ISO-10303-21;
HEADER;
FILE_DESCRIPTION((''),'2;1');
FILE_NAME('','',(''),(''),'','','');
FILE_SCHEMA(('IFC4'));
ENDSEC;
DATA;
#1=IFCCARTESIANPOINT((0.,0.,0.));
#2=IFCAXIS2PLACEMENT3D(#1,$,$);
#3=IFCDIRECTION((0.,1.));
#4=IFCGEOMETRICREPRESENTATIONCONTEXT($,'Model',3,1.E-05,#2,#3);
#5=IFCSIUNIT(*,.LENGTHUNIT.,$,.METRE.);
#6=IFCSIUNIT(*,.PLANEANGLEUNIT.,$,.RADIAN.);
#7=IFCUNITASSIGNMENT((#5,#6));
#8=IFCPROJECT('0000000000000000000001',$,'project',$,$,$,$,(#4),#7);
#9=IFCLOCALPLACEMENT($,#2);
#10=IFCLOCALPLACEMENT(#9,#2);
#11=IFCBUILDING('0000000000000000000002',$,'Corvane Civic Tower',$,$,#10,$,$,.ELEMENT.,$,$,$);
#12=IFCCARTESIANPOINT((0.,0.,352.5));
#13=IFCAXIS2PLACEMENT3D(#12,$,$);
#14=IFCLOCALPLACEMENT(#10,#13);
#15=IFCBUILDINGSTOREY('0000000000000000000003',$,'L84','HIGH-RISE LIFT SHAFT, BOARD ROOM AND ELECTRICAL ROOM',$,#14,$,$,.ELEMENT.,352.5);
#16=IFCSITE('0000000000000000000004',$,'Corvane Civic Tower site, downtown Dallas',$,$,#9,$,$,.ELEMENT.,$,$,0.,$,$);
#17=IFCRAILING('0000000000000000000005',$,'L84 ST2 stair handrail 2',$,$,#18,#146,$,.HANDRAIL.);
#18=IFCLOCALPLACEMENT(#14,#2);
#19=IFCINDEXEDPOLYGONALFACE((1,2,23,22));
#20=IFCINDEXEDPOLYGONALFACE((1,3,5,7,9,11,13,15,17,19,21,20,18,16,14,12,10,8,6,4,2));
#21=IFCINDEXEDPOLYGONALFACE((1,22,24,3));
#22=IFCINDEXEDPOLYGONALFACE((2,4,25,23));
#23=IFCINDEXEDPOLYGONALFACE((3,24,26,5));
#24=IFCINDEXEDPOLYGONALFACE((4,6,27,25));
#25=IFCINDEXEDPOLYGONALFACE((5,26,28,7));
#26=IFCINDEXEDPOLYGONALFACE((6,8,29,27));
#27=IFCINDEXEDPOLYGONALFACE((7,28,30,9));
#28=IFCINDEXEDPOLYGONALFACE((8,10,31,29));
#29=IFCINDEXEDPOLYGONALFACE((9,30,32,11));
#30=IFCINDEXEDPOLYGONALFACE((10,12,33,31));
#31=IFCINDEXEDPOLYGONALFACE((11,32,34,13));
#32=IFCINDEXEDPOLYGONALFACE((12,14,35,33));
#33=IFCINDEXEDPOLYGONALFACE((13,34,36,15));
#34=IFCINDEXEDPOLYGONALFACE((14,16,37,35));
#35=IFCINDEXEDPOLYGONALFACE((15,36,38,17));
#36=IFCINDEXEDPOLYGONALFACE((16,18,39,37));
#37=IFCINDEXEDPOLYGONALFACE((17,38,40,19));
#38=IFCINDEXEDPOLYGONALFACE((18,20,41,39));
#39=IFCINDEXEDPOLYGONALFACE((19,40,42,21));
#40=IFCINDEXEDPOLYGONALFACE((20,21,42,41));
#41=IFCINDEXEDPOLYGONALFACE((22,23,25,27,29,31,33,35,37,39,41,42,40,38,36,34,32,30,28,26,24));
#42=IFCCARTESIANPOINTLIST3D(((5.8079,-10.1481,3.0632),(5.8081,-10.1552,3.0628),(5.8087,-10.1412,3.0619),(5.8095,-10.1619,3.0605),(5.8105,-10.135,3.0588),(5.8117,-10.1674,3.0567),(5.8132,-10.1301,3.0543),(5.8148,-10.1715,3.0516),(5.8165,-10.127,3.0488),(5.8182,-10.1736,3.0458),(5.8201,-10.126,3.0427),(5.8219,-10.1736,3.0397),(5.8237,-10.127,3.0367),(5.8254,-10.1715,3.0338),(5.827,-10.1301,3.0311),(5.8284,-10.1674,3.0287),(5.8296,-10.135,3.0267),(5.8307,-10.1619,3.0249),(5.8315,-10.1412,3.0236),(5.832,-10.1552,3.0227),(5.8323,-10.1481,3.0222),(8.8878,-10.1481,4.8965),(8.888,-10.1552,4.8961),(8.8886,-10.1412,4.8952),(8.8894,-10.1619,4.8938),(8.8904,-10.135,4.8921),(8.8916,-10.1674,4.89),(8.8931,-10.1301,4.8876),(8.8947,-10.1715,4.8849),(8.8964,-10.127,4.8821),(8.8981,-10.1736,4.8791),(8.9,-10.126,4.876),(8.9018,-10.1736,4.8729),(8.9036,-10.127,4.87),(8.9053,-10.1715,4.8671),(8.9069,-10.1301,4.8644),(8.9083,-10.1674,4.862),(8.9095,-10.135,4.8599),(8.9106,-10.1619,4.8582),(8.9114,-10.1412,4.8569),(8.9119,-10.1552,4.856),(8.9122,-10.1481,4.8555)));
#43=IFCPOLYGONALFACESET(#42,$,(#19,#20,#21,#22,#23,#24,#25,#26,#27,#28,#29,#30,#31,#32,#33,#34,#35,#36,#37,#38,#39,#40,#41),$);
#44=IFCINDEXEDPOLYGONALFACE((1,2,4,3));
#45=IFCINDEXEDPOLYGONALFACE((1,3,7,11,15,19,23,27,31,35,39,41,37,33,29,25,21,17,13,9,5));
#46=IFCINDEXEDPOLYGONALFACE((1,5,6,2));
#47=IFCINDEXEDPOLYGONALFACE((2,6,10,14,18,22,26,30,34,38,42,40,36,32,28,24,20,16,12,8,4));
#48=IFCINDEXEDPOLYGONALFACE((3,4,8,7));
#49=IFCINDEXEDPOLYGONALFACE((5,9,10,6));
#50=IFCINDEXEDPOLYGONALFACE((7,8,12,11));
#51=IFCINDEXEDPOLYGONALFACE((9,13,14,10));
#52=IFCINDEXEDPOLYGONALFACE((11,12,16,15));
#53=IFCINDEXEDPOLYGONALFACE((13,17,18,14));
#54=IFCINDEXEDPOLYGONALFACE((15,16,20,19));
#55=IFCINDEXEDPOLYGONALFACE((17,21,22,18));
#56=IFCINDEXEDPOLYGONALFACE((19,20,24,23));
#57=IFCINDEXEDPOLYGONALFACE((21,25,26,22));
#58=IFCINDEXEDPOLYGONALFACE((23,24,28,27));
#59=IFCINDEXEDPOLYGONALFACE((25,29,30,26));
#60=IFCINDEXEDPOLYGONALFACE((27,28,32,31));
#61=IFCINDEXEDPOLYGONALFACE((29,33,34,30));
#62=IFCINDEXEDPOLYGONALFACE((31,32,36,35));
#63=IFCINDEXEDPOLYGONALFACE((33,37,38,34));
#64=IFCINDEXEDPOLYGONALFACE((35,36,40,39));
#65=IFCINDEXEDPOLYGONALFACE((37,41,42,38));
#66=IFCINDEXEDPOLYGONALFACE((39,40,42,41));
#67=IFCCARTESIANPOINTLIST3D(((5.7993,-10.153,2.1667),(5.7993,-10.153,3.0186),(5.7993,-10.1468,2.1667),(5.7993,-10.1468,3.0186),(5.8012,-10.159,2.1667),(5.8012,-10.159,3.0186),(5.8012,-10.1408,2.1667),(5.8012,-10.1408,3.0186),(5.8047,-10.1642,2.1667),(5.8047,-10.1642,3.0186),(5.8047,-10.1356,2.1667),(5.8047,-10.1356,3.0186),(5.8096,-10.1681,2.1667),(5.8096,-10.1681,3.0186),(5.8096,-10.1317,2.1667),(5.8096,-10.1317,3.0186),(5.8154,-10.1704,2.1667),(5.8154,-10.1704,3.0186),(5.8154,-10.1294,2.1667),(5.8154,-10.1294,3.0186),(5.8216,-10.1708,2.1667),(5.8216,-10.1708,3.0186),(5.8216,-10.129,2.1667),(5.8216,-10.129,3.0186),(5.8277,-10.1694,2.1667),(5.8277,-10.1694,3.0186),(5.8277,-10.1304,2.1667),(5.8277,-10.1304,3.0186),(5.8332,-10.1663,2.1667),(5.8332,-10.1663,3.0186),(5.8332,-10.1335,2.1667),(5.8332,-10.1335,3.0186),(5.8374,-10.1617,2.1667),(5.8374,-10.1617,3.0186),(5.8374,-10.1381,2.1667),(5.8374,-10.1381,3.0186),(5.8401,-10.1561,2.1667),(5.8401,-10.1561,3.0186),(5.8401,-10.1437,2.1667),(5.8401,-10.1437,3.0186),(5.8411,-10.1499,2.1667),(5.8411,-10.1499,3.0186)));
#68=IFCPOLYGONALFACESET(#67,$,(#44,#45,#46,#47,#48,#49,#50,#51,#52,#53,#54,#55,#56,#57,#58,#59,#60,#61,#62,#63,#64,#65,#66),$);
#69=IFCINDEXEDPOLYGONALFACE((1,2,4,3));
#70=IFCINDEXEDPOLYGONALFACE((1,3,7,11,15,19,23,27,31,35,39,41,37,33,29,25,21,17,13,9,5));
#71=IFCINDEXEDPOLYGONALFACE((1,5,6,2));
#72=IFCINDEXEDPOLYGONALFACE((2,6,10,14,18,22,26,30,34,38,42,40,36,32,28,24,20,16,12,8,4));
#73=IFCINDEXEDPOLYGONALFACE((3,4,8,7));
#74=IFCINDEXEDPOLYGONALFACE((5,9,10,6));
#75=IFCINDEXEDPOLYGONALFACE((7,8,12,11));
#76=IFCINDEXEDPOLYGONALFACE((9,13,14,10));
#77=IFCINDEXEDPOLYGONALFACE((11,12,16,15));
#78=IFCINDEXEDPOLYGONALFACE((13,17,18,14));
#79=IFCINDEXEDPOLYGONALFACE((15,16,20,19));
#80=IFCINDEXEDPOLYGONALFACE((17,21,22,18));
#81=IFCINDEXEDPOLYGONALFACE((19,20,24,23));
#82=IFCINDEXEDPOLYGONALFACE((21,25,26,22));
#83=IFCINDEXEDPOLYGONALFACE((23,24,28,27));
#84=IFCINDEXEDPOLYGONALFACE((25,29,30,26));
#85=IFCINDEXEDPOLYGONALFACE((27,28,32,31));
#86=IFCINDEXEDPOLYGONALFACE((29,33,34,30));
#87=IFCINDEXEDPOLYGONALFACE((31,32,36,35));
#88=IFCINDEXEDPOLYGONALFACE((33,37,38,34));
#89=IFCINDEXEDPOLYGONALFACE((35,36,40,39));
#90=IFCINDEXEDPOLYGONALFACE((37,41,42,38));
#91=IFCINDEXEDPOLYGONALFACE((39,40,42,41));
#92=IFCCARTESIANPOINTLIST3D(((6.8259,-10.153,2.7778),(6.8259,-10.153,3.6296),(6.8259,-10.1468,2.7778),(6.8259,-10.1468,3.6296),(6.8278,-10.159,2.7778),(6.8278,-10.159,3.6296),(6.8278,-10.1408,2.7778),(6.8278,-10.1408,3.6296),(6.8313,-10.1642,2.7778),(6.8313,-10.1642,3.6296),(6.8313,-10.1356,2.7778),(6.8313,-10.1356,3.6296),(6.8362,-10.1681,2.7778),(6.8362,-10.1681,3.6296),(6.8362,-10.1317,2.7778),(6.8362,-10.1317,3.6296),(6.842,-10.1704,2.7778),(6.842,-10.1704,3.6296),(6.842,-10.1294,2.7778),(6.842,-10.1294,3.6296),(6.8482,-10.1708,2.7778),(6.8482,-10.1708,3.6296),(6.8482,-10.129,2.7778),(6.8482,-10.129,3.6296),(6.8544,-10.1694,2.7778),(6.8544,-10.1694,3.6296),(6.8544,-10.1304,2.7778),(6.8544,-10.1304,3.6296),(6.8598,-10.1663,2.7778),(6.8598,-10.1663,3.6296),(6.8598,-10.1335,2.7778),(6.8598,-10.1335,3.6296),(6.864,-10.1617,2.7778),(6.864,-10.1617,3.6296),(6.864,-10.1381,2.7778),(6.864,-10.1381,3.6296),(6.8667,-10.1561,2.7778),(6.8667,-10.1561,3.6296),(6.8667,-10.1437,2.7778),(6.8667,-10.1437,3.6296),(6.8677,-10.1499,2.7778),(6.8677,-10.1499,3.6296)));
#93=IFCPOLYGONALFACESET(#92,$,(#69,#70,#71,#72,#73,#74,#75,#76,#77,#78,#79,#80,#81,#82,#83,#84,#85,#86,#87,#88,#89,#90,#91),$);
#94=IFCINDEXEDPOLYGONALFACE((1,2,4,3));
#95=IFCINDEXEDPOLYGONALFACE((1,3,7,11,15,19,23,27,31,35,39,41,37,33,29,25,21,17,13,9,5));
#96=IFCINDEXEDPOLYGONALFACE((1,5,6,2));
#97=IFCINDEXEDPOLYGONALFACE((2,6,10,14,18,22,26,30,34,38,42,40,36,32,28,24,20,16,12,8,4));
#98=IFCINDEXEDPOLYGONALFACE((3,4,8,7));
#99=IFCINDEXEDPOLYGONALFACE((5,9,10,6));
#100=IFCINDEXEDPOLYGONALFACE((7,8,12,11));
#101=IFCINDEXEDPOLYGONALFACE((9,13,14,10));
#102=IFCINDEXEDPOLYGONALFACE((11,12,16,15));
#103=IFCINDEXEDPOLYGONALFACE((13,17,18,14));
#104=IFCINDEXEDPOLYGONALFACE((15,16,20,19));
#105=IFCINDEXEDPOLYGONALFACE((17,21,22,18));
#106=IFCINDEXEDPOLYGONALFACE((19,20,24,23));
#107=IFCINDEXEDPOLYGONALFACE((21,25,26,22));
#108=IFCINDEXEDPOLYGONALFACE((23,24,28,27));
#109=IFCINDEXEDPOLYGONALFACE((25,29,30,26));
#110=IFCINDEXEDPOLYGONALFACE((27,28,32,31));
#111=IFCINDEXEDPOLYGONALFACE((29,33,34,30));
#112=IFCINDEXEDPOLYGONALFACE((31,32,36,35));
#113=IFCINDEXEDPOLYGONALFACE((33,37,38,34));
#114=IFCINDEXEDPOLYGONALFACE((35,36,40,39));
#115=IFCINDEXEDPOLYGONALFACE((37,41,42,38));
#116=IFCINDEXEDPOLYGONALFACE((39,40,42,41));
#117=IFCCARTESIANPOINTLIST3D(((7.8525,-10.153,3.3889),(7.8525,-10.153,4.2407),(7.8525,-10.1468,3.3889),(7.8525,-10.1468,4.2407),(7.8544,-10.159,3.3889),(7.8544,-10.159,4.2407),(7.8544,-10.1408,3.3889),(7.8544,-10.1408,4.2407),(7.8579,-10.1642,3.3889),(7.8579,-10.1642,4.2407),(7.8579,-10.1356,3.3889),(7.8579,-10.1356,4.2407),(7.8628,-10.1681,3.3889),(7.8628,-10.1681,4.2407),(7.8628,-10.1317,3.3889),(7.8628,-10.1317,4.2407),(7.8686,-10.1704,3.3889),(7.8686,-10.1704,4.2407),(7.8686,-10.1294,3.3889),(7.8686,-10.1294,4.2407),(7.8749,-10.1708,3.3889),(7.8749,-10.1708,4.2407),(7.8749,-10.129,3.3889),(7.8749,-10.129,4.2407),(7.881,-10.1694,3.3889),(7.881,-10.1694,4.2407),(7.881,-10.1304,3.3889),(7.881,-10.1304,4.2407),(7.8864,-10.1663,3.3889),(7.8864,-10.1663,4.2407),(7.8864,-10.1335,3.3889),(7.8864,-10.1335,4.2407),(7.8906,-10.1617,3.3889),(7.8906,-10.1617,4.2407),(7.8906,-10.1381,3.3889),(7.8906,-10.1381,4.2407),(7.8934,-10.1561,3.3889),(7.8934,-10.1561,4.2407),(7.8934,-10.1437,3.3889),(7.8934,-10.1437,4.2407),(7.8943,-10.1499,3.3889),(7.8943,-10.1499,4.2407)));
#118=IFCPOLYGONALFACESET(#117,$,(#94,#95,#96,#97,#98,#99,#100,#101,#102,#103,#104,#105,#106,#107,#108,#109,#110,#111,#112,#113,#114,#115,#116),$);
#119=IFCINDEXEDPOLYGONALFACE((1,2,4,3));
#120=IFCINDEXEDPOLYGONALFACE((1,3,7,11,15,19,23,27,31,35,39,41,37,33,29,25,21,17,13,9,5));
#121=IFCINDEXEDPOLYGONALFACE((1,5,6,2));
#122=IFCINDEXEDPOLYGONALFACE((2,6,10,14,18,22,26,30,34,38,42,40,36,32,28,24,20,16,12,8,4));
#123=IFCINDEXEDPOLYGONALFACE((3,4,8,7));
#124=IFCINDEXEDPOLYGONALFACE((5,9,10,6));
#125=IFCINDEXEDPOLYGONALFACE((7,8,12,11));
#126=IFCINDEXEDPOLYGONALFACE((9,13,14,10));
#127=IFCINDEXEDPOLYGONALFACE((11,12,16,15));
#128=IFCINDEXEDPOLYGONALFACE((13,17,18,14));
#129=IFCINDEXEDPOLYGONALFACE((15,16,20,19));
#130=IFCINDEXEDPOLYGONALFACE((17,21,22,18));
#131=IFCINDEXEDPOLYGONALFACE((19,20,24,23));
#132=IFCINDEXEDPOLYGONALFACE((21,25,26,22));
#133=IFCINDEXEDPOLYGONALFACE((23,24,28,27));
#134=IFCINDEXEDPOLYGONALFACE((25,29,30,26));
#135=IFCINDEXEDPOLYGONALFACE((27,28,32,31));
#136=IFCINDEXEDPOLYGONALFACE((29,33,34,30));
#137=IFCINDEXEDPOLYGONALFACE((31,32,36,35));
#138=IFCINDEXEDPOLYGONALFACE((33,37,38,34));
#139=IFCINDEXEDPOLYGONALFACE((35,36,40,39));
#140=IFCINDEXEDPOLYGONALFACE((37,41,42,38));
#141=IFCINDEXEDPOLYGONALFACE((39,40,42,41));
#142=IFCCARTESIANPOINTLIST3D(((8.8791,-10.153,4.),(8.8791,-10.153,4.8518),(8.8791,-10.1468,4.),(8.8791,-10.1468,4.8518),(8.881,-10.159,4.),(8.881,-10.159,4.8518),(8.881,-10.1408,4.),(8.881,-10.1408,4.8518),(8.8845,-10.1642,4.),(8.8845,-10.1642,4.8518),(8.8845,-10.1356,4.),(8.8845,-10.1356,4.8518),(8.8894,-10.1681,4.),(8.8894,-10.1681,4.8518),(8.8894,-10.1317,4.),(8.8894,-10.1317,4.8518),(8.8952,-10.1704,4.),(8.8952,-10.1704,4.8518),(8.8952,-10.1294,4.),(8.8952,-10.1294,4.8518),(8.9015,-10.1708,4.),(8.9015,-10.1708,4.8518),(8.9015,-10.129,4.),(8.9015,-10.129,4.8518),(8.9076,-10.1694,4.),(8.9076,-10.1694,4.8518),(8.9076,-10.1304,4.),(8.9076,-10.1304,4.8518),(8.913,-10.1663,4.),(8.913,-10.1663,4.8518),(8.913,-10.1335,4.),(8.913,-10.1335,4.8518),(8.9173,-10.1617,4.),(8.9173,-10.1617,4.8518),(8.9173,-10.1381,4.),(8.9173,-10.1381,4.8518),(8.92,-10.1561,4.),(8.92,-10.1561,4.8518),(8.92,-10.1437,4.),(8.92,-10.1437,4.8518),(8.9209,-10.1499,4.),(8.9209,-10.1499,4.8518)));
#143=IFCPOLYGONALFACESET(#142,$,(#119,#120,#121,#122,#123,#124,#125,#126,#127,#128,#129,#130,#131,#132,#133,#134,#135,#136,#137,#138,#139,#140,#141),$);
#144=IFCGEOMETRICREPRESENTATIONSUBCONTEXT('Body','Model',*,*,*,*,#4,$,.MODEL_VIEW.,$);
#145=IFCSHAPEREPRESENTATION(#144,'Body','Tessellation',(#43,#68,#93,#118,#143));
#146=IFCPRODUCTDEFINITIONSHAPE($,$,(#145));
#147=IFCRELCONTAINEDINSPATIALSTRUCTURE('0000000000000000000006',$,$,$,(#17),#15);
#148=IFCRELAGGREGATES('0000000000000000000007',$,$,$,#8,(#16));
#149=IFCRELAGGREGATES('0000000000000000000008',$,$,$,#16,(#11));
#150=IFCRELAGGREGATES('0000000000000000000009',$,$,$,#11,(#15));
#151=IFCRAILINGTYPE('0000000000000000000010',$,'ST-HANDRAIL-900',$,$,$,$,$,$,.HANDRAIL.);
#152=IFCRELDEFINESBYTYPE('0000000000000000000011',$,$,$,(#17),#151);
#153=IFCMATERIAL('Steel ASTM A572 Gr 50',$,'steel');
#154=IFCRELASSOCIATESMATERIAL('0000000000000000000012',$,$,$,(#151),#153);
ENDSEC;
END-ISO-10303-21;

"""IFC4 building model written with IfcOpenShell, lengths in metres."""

from ifc_helpers import new_model, si_unit, direction, frame, origin, origin_2d, place, context, subcontext, project, spatial, circle, extrude, material, type_object, element, save


model = new_model("IFC4")

# Units and contexts
model_context = context("Model", 3, precision=1e-05, world=origin(), true_north=direction((0.0, 1.0)))
body_context = subcontext(model_context, "Body", "Model", "MODEL_VIEW")
ifc_project = project(units=[si_unit("LENGTHUNIT", "METRE"), si_unit("PLANEANGLEUNIT", "RADIAN")], contexts=[model_context])

# Site, building, storey
site_placement = place(None, origin())
site = spatial("IfcSite", under=ifc_project, at=site_placement, Name="Corvane Civic Tower site, downtown Dallas", CompositionType="ELEMENT", RefElevation=0.0)
building_placement = place(site_placement, origin())
building = spatial("IfcBuilding", under=site, at=building_placement, Name="Corvane Civic Tower", CompositionType="ELEMENT")
storey_placement = place(building_placement, frame((0.0, 0.0, 352.5)))
storey = spatial("IfcBuildingStorey", under=building, at=storey_placement, Name="L84", Description="HIGH-RISE LIFT SHAFT, BOARD ROOM AND ELECTRICAL ROOM", CompositionType="ELEMENT", Elevation=352.5)

# Railing
ifc_material_1 = material(Name="Steel ASTM A572 Gr 50", Category="steel")
railing_type_1 = type_object("IfcRailingType", Name="ST-HANDRAIL-900", PredefinedType="HANDRAIL", material=ifc_material_1)
railing_1_placement = place(storey_placement, frame((5.8201, -10.1499, 2.1667)))
element("IfcRailing", 1, at=railing_1_placement, inside=storey, type_object=railing_type_1, Name="L84 ST2 stair handrail 2", PredefinedType="HANDRAIL", context=body_context, shape_type="SweptSolid", body=[
    extrude(circle(Radius=0.0239, at=origin_2d()), frame((0.0, 0.0, 0.876), z_axis=(0.859291, 0.0, 0.511487), x_axis=(0.0, 1.0, 0.0)), (0.0, 0.0, 1.0), 3.5842),
    extrude(circle(Radius=0.021, at=origin_2d()), origin(), (0.0, 0.0, 1.0), 0.8518),
    extrude(circle(Radius=0.021, at=origin_2d()), frame((1.0266, 0.0, 0.6111)), (0.0, 0.0, 1.0), 0.8518),
    extrude(circle(Radius=0.021, at=origin_2d()), frame((2.0532, 0.0, 1.2222)), (0.0, 0.0, 1.0), 0.8518),
    extrude(circle(Radius=0.021, at=origin_2d()), frame((3.0798, 0.0, 1.8333)), (0.0, 0.0, 1.0), 0.8518),
])

save(model, "model.ifc")
